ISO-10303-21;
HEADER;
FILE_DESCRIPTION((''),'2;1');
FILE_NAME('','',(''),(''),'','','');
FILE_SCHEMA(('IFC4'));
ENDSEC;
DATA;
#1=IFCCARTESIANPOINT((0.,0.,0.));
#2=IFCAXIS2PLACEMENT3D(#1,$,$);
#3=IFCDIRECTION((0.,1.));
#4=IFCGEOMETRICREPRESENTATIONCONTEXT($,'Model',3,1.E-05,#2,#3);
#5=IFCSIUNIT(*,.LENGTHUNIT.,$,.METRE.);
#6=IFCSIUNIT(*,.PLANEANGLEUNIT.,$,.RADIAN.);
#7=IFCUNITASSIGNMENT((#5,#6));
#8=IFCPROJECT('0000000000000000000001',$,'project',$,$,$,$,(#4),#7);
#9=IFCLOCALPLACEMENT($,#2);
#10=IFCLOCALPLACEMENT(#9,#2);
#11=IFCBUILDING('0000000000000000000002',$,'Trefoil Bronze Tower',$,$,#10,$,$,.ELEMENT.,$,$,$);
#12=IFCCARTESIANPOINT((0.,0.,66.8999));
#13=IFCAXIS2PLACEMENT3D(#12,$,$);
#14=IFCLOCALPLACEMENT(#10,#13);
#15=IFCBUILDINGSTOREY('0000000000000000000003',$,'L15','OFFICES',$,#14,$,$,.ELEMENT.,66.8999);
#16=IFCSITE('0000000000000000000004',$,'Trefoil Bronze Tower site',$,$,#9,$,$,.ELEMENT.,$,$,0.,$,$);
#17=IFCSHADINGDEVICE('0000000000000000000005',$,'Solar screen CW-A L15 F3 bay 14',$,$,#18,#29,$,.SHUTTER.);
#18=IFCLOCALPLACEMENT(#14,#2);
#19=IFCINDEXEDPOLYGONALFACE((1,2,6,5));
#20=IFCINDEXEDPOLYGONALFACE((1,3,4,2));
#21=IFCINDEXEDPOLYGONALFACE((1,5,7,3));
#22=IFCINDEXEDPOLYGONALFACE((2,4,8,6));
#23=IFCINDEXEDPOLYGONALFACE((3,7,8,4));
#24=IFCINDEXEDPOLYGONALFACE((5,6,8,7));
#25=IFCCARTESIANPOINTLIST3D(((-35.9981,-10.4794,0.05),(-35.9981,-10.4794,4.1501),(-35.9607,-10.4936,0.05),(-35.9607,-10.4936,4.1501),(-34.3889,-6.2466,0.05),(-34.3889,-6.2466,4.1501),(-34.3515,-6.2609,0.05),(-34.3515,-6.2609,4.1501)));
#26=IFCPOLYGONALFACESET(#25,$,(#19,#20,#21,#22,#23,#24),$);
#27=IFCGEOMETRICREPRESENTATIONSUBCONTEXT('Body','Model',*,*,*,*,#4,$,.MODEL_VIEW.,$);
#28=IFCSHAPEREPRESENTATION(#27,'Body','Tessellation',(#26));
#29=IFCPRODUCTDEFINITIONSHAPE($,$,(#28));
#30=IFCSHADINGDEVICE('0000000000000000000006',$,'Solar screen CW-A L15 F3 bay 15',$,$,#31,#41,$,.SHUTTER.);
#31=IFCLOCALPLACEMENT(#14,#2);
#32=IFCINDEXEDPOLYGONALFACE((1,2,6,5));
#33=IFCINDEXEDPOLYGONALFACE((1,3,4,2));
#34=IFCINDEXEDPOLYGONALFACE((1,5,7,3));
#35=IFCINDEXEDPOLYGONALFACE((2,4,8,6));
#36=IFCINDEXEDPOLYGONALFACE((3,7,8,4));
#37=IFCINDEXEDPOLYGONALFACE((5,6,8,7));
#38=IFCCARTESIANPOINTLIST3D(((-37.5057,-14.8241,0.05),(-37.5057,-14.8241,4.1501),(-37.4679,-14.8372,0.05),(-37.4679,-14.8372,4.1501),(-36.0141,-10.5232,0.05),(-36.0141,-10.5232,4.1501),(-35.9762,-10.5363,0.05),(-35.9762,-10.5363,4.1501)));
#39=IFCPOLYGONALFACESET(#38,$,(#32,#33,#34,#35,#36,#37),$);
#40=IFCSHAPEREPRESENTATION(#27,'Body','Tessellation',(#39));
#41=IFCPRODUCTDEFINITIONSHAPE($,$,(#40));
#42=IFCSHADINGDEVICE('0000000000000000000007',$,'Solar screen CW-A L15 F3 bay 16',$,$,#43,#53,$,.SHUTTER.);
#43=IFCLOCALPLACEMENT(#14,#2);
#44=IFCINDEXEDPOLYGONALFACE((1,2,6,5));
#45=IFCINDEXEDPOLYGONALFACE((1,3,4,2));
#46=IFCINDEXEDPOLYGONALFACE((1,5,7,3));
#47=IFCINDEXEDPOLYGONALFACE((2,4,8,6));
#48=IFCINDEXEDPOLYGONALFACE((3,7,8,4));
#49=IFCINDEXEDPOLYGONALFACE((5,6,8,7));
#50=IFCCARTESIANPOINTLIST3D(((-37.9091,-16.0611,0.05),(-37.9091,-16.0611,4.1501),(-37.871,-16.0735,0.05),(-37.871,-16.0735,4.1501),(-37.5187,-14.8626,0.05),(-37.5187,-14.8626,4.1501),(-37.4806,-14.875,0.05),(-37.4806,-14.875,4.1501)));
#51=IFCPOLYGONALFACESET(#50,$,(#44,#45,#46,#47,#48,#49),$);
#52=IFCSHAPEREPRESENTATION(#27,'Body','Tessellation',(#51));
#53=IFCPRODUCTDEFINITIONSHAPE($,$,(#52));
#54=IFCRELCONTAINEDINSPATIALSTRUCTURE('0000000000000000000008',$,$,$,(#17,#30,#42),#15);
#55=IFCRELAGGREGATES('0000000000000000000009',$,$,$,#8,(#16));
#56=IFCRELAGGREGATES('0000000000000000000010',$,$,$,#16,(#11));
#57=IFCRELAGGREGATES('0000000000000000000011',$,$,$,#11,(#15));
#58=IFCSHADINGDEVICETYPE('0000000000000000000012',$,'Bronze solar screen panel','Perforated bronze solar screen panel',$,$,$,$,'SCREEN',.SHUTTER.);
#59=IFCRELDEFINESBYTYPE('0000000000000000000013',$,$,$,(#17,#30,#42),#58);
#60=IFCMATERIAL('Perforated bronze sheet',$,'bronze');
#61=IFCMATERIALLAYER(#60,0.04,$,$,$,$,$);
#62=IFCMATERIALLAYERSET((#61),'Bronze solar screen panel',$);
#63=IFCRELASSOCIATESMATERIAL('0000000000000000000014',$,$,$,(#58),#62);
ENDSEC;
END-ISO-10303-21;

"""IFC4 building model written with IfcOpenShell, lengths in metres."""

from ifc_helpers import new_model, si_unit, direction, frame, origin, origin_2d, place, context, subcontext, project, spatial, rectangle, extrude, material, layer, layer_set, type_object, element, save


model = new_model("IFC4")

# Units and contexts
model_context = context("Model", 3, precision=1e-05, world=origin(), true_north=direction((0.0, 1.0)))
body_context = subcontext(model_context, "Body", "Model", "MODEL_VIEW")
ifc_project = project(units=[si_unit("LENGTHUNIT", "METRE"), si_unit("PLANEANGLEUNIT", "RADIAN")], contexts=[model_context])

# Site, building, storey
site_placement = place(None, origin())
site = spatial("IfcSite", under=ifc_project, at=site_placement, Name="Trefoil Bronze Tower site", CompositionType="ELEMENT", RefElevation=0.0)
building_placement = place(site_placement, origin())
building = spatial("IfcBuilding", under=site, at=building_placement, Name="Trefoil Bronze Tower", CompositionType="ELEMENT")
storey_placement = place(building_placement, frame((0.0, 0.0, 66.8999)))
storey = spatial("IfcBuildingStorey", under=building, at=storey_placement, Name="L15", Description="OFFICES", CompositionType="ELEMENT", Elevation=66.8999)

# Shading devices
ifc_material_1 = material(Name="Perforated bronze sheet", Category="bronze")
ifc_layer_1 = layer(ifc_material_1, 0.04)
ifc_layer_set_1 = layer_set([ifc_layer_1], Name="Bronze solar screen panel")
shading_device_type = type_object("IfcShadingDeviceType", Name="Bronze solar screen panel", Description="Perforated bronze solar screen panel", ElementType="SCREEN", PredefinedType="SHUTTER", material=ifc_layer_set_1)
shading_device_1_placement = place(storey_placement, frame((-35.1748, -8.3701, 0.05), z_axis=(0.0, 0.0, 1.0), x_axis=(-0.355371, -0.934725, 0.0)))
element("IfcShadingDevice", 1, at=shading_device_1_placement, inside=storey, type_object=shading_device_type, Name="Solar screen CW-A L15 F3 bay 14", PredefinedType="SHUTTER", context=body_context, shape_type="SweptSolid", body=[
    extrude(rectangle(XDim=4.5283, YDim=0.04, at=origin_2d()), origin(), (0.0, 0.0, 1.0), 4.1001),
])
shading_device_2_placement = place(storey_placement, frame((-36.741, -12.6802, 0.05), z_axis=(0.0, 0.0, 1.0), x_axis=(-0.327674, -0.944791, 0.0)))
element("IfcShadingDevice", 2, at=shading_device_2_placement, inside=storey, type_object=shading_device_type, Name="Solar screen CW-A L15 F3 bay 15", PredefinedType="SHUTTER", context=body_context, shape_type="SweptSolid", body=[
    extrude(rectangle(XDim=4.5522, YDim=0.04, at=origin_2d()), origin(), (0.0, 0.0, 1.0), 4.1001),
])
shading_device_3_placement = place(storey_placement, frame((-37.6948, -15.468, 0.05), z_axis=(0.0, 0.0, 1.0), x_axis=(-0.309728, -0.950825, 0.0)))
element("IfcShadingDevice", 3, at=shading_device_3_placement, inside=storey, type_object=shading_device_type, Name="Solar screen CW-A L15 F3 bay 16", PredefinedType="SHUTTER", context=body_context, shape_type="SweptSolid", body=[
    extrude(rectangle(XDim=1.2605, YDim=0.04, at=origin_2d()), origin(), (0.0, 0.0, 1.0), 4.1001),
])

save(model, "model.ifc")
